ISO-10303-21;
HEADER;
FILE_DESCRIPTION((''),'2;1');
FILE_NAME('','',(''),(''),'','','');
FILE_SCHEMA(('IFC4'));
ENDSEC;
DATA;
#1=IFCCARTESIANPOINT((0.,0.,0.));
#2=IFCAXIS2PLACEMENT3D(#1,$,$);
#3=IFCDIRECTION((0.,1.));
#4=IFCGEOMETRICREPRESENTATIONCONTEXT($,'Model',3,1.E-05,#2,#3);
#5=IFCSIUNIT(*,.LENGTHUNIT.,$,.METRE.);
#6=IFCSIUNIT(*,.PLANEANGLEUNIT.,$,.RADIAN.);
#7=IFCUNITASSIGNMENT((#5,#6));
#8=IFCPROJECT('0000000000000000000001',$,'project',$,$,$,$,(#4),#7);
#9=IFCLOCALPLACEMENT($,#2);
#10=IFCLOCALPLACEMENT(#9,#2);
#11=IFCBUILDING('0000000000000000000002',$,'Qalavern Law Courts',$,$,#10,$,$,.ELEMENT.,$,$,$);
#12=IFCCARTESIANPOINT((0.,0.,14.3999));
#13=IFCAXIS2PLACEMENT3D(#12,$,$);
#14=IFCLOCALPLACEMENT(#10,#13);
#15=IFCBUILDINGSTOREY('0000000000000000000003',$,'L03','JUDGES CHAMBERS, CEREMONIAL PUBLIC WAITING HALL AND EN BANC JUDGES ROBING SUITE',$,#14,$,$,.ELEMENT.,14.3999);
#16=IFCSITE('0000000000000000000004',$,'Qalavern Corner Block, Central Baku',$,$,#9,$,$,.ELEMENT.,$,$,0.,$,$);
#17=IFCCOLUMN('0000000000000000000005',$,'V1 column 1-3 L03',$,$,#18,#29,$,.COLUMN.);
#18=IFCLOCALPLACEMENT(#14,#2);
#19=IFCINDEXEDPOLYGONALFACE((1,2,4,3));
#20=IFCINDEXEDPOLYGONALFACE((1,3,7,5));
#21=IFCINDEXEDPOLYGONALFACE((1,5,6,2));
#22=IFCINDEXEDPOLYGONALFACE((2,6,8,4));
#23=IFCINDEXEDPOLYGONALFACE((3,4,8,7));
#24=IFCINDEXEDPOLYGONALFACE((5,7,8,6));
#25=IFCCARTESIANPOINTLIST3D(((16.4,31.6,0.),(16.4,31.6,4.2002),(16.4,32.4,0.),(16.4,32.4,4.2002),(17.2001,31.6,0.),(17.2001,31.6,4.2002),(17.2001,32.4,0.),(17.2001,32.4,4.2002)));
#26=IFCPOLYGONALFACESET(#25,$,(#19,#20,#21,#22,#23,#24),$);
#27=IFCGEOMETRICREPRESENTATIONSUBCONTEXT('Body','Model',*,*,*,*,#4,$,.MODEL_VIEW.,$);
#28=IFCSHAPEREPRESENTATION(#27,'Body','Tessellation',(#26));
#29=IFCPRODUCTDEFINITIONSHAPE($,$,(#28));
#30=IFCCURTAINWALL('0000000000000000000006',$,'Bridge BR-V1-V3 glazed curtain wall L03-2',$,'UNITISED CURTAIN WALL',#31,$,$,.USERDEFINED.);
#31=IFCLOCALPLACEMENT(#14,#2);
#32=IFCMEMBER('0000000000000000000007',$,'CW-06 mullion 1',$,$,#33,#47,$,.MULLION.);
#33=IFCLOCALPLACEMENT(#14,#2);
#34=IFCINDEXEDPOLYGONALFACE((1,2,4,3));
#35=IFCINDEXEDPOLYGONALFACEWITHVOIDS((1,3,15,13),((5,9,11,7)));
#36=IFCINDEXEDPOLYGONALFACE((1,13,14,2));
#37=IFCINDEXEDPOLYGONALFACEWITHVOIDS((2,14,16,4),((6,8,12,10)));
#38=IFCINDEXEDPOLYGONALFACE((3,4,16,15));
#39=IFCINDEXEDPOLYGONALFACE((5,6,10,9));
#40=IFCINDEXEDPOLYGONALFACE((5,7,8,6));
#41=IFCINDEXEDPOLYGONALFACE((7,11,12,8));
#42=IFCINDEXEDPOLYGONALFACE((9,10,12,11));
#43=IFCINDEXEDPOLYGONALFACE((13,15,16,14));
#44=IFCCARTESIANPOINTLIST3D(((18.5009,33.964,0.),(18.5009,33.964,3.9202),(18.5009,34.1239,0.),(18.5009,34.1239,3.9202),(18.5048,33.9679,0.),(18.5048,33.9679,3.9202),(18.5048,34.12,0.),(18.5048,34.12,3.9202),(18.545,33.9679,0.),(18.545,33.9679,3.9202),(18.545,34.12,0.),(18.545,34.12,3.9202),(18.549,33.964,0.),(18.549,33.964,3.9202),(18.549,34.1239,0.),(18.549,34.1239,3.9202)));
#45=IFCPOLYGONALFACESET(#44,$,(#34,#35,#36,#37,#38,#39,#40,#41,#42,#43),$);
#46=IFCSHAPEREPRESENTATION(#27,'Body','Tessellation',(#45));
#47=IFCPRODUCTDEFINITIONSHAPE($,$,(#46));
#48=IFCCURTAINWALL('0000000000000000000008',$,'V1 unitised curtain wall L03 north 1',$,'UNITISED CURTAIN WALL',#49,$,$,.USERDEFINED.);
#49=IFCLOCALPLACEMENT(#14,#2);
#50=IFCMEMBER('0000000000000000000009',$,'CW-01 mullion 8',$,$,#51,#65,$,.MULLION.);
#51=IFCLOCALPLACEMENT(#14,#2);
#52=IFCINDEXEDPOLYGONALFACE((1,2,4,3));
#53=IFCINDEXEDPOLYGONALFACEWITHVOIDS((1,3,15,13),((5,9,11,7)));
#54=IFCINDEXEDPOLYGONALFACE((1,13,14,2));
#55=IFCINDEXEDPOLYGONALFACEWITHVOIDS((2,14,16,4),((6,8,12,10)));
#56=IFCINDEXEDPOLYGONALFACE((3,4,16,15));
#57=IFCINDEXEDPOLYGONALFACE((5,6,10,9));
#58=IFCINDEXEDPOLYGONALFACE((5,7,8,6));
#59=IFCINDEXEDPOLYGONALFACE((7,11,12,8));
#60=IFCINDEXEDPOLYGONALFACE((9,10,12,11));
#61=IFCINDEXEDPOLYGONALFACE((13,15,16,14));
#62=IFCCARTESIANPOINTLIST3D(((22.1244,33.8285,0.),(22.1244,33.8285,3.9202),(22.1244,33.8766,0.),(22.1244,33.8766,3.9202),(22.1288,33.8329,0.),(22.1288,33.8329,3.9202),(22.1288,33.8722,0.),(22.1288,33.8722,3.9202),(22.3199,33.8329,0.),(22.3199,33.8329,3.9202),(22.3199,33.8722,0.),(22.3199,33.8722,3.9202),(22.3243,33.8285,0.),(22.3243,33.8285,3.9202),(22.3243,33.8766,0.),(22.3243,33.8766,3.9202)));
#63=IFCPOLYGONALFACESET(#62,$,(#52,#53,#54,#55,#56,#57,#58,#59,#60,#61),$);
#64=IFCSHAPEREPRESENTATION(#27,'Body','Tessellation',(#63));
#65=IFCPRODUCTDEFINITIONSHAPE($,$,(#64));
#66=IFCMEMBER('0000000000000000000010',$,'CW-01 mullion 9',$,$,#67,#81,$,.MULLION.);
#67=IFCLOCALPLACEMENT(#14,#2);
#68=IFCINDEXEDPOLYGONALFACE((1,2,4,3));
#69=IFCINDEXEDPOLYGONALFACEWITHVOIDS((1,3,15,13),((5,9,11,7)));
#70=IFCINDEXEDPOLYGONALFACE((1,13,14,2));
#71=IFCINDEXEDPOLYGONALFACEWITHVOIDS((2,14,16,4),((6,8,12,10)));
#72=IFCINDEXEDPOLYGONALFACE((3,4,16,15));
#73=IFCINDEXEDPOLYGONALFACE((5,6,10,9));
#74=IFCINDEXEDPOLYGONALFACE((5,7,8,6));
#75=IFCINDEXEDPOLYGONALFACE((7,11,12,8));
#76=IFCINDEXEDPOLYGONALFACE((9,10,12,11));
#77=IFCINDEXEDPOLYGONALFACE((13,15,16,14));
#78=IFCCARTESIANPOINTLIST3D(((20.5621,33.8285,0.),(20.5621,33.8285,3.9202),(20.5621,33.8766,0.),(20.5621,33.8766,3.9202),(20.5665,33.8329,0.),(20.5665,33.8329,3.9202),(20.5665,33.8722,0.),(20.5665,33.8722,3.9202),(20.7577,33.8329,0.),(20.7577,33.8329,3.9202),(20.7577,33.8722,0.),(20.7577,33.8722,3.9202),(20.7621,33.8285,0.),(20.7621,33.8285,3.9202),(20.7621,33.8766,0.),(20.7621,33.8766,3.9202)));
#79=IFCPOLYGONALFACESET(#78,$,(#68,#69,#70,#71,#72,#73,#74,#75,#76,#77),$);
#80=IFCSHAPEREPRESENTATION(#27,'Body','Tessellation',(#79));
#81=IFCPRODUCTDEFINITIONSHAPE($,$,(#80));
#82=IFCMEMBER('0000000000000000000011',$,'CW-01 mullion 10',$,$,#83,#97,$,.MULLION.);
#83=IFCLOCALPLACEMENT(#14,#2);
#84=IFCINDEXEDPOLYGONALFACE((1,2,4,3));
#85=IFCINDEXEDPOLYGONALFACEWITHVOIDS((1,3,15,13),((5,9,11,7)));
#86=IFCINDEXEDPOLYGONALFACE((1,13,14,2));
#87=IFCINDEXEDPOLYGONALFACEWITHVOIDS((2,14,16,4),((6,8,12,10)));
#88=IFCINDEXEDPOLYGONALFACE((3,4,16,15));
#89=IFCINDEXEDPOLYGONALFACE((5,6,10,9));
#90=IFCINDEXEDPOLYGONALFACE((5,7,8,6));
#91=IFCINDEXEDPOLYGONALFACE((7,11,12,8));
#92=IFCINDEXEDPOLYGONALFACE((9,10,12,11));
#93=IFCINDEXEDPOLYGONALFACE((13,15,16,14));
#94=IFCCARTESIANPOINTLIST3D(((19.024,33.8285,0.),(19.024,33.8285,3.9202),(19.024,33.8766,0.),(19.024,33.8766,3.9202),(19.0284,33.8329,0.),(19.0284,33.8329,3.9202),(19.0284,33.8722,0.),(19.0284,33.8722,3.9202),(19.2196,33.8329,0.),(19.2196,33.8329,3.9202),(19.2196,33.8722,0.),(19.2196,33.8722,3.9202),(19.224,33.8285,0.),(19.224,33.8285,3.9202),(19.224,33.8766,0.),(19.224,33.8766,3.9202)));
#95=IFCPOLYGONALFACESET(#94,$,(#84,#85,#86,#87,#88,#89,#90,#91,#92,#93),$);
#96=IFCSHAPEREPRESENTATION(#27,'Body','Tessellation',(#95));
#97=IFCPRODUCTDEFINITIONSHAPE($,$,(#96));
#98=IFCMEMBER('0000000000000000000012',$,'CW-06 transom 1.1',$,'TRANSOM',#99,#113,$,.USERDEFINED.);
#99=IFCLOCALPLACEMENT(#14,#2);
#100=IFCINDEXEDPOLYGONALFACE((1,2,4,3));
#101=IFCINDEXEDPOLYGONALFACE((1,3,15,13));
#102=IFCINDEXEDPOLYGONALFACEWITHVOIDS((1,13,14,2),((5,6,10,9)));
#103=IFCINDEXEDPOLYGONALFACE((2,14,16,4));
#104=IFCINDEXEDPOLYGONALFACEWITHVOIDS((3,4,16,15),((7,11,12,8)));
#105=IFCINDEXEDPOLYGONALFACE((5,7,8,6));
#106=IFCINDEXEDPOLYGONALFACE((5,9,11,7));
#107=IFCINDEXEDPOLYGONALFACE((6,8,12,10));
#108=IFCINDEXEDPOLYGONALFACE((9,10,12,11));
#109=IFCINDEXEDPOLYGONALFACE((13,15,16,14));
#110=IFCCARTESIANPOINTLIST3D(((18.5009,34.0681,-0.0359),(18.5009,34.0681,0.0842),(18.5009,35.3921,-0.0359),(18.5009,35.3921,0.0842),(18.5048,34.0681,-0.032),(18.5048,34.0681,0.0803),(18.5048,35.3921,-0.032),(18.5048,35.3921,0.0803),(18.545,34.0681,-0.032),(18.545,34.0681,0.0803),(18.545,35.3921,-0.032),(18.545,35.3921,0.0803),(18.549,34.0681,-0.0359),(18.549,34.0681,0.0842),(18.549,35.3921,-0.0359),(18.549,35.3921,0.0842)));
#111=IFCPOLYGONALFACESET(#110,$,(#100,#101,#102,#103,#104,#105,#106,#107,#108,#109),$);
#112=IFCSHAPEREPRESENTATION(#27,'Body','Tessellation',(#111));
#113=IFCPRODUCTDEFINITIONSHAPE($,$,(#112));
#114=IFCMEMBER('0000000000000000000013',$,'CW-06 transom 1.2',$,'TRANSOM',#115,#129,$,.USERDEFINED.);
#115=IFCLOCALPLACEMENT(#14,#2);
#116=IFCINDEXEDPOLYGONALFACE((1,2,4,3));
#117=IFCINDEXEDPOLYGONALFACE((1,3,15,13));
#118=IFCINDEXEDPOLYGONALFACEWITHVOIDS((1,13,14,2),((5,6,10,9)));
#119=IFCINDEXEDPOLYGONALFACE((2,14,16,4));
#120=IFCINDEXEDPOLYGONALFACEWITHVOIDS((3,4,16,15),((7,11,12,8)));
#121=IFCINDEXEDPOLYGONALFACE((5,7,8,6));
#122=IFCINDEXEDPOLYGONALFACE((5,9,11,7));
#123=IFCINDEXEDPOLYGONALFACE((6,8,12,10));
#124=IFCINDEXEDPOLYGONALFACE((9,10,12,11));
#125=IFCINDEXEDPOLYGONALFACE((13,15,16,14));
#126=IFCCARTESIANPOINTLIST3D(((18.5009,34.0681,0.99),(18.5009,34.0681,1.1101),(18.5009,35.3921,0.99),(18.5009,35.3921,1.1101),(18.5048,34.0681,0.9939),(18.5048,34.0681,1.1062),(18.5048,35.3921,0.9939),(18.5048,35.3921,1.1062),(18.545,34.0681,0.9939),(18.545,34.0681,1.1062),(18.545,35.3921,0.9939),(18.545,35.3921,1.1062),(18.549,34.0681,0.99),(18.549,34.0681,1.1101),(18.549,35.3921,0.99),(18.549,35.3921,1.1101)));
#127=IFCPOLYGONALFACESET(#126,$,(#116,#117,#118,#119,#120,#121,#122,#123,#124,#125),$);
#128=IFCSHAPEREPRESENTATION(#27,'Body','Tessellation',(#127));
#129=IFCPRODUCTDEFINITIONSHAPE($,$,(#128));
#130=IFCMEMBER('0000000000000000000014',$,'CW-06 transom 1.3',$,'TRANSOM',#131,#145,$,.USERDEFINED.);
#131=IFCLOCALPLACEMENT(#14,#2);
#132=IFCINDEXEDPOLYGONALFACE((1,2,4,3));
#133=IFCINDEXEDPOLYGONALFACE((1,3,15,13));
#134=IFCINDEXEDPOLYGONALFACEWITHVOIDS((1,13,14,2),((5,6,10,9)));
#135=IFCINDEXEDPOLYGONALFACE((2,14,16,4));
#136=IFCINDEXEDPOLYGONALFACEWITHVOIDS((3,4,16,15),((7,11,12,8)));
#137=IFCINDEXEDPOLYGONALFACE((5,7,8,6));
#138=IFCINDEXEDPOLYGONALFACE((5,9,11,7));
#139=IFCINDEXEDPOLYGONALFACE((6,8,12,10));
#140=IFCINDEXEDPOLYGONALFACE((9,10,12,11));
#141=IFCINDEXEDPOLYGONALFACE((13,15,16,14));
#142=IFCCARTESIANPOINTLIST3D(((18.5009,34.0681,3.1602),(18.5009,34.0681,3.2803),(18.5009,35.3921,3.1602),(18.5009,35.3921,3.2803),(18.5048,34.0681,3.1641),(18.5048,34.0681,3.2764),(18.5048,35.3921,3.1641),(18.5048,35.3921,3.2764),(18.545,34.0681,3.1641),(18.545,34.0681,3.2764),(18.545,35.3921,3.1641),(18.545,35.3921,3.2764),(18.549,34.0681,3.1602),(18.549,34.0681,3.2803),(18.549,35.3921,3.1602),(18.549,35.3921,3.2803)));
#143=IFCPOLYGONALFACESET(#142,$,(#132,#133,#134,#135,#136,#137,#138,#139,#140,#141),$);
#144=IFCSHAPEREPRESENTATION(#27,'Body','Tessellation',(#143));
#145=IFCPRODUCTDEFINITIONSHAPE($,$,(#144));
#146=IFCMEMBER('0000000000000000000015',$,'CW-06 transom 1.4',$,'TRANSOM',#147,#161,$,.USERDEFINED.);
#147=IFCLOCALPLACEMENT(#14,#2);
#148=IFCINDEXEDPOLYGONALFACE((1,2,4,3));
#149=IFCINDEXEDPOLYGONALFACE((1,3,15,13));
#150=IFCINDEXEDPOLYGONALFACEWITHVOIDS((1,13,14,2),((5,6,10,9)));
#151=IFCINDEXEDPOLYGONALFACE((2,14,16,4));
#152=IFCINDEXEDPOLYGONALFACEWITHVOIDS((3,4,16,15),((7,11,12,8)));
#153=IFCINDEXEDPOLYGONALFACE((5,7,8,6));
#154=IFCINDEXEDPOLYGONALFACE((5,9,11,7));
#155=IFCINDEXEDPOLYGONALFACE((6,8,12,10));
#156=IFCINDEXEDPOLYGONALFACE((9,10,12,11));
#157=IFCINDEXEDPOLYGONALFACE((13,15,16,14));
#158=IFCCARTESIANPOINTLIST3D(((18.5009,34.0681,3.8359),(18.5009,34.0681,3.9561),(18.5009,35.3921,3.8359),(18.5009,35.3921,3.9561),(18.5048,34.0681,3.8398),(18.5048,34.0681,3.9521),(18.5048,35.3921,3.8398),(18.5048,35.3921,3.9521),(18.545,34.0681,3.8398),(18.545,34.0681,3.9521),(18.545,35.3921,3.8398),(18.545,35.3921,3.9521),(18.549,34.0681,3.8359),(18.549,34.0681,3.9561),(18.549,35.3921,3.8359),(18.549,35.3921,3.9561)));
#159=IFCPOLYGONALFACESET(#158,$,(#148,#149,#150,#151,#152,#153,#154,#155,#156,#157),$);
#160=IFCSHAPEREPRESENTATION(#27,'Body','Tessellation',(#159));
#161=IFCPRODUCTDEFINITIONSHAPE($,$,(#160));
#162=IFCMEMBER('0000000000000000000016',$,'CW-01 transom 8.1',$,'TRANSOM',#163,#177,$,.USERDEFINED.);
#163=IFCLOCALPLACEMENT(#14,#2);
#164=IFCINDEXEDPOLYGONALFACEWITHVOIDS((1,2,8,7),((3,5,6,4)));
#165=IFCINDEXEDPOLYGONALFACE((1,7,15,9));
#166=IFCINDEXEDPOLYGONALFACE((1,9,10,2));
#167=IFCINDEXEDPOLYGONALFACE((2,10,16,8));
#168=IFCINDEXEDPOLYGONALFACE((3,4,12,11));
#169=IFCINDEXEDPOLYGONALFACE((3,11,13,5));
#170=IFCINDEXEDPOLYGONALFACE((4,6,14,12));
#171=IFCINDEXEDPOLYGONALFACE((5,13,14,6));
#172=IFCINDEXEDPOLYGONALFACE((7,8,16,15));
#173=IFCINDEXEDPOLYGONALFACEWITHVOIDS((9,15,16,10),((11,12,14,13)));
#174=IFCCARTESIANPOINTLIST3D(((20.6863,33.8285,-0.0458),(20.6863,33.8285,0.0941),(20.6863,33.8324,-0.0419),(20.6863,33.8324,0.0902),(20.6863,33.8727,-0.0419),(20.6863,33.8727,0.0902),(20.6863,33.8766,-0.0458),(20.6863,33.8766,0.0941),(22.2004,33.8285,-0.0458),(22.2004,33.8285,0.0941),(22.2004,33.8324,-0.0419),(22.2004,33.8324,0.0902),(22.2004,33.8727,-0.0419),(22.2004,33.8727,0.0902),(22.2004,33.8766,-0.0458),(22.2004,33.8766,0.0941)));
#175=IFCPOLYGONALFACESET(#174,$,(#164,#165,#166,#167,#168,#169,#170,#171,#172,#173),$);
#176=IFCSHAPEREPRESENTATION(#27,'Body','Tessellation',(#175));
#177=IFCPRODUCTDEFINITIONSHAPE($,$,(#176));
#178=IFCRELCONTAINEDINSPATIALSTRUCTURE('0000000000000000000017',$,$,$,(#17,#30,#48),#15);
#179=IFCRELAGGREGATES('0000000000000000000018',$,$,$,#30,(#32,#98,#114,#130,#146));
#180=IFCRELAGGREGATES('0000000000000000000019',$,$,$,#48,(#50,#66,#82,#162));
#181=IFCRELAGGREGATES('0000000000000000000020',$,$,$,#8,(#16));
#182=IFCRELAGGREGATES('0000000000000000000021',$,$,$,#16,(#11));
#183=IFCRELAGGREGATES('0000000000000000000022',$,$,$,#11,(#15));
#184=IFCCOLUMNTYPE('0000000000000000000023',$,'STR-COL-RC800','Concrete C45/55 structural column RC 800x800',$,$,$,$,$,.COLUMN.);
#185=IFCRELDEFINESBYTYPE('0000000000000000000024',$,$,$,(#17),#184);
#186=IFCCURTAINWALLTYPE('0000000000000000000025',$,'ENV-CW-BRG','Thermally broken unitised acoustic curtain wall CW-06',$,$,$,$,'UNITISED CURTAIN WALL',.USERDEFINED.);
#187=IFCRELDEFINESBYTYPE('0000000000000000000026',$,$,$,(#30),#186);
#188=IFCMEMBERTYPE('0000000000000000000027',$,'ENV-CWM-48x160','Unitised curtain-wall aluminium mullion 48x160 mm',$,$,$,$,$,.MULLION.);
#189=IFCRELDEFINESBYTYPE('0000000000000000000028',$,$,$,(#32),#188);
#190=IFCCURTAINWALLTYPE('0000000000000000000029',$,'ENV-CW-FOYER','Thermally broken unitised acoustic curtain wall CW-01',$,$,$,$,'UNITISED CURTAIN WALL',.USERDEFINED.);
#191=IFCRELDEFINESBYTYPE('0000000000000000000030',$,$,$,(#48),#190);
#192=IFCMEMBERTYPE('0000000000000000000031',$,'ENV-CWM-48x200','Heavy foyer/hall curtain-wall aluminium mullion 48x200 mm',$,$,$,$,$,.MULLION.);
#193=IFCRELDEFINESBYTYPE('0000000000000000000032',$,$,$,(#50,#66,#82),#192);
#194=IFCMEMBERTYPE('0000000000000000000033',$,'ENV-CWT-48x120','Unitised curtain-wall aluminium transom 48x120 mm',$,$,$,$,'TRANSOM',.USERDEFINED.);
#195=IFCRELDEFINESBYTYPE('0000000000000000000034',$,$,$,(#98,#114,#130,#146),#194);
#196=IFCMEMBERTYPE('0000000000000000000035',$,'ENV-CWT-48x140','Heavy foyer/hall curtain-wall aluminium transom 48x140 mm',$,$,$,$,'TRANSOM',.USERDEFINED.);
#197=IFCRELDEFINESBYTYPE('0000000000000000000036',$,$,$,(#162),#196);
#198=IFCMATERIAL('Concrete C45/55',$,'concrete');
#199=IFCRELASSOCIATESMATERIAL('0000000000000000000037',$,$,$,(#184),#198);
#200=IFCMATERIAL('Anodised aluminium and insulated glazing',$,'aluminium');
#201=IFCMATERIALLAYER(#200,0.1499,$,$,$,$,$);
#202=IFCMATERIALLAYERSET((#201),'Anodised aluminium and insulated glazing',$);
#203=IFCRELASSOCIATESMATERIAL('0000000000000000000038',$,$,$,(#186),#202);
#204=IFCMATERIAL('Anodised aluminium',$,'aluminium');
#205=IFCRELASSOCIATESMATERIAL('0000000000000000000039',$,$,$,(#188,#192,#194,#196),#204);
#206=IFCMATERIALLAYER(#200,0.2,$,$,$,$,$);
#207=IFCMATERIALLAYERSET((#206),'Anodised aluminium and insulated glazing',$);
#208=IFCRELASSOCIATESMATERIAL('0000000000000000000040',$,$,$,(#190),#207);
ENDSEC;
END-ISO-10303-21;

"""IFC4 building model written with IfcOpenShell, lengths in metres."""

from ifc_helpers import new_model, si_unit, direction, frame, origin, origin_2d, place, context, subcontext, project, spatial, rectangle, hollow_rectangle, extrude, material, layer, layer_set, material_profile, profile_set, type_object, element, aggregate, save


model = new_model("IFC4")

# Units and contexts
model_context = context("Model", 3, precision=1e-05, world=origin(), true_north=direction((0.0, 1.0)))
body_context = subcontext(model_context, "Body", "Model", "MODEL_VIEW")
ifc_project = project(units=[si_unit("LENGTHUNIT", "METRE"), si_unit("PLANEANGLEUNIT", "RADIAN")], contexts=[model_context])

# Site, building, storey
site_placement = place(None, origin())
site = spatial("IfcSite", under=ifc_project, at=site_placement, Name="Qalavern Corner Block, Central Baku", CompositionType="ELEMENT", RefElevation=0.0)
building_placement = place(site_placement, origin())
building = spatial("IfcBuilding", under=site, at=building_placement, Name="Qalavern Law Courts", CompositionType="ELEMENT")
storey_placement = place(building_placement, frame((0.0, 0.0, 14.3999)))
storey = spatial("IfcBuildingStorey", under=building, at=storey_placement, Name="L03", Description="JUDGES CHAMBERS, CEREMONIAL PUBLIC WAITING HALL AND EN BANC JUDGES ROBING SUITE", CompositionType="ELEMENT", Elevation=14.3999)

# Column
ifc_material_1 = material(Name="Concrete C45/55", Category="concrete")
ifc_material_profile_1 = material_profile(ifc_material_1, rectangle(XDim=0.8, YDim=0.8, at=origin_2d()), Name="RC 800x800")
ifc_profile_set_1 = profile_set([ifc_material_profile_1], Name="Concrete C45/55")
column_type = type_object("IfcColumnType", Name="STR-COL-RC800", Description="Concrete C45/55 structural column RC 800x800", PredefinedType="COLUMN", material=ifc_profile_set_1)
column_placement = place(storey_placement, frame((16.8, 32.0, 0.0), z_axis=(0.0, 0.0, 1.0), x_axis=(1.0, 0.0, 0.0)))
element("IfcColumn", 1, at=column_placement, inside=storey, type_object=column_type, Name="V1 column 1-3 L03", PredefinedType="COLUMN", context=body_context, shape_type="SweptSolid", body=[
    extrude(rectangle(XDim=0.8, YDim=0.8, at=origin_2d()), origin(), (0.0, 0.0, 1.0), 4.2002),
])

# Curtain wall, member
ifc_material_2 = material(Name="Anodised aluminium and insulated glazing", Category="aluminium")
ifc_layer_1 = layer(ifc_material_2, 0.1499)
ifc_layer_set_1 = layer_set([ifc_layer_1], Name="Anodised aluminium and insulated glazing")
curtain_wall_type_1 = type_object("IfcCurtainWallType", Name="ENV-CW-BRG", Description="Thermally broken unitised acoustic curtain wall CW-06", ElementType="UNITISED CURTAIN WALL", PredefinedType="USERDEFINED", material=ifc_layer_set_1)
curtain_wall_1_placement = place(storey_placement, origin())
curtain_wall_1 = element("IfcCurtainWall", 2, at=curtain_wall_1_placement, inside=storey, type_object=curtain_wall_type_1, Name="Bridge BR-V1-V3 glazed curtain wall L03-2", ObjectType="UNITISED CURTAIN WALL", PredefinedType="USERDEFINED")
ifc_material_3 = material(Name="Anodised aluminium", Category="aluminium")
ifc_material_profile_2 = material_profile(ifc_material_3, hollow_rectangle(XDim=0.0481, YDim=0.1599, WallThickness=0.0039, at=origin_2d()), Name="ALU MULLION 48x160")
ifc_profile_set_2 = profile_set([ifc_material_profile_2], Name="Anodised aluminium")
member_type_1 = type_object("IfcMemberType", Name="ENV-CWM-48x160", Description="Unitised curtain-wall aluminium mullion 48x160 mm", PredefinedType="MULLION", material=ifc_profile_set_2)
member_1_placement = place(storey_placement, frame((18.5249, 34.0439, 0.0), z_axis=(0.0, 0.0, 1.0), x_axis=(-1.0, 0.0, 0.0)))
member_1 = element("IfcMember", 3, at=member_1_placement, type_object=member_type_1, Name="CW-06 mullion 1", PredefinedType="MULLION", context=body_context, shape_type="SweptSolid", body=[
    extrude(hollow_rectangle(XDim=0.0481, YDim=0.1599, WallThickness=0.0039, at=origin_2d()), origin(), (0.0, 0.0, 1.0), 3.9202),
])

# Curtain wall, members
ifc_layer_2 = layer(ifc_material_2, 0.2)
ifc_layer_set_2 = layer_set([ifc_layer_2], Name="Anodised aluminium and insulated glazing")
curtain_wall_type_2 = type_object("IfcCurtainWallType", Name="ENV-CW-FOYER", Description="Thermally broken unitised acoustic curtain wall CW-01", ElementType="UNITISED CURTAIN WALL", PredefinedType="USERDEFINED", material=ifc_layer_set_2)
curtain_wall_2_placement = place(storey_placement, origin())
curtain_wall_2 = element("IfcCurtainWall", 4, at=curtain_wall_2_placement, inside=storey, type_object=curtain_wall_type_2, Name="V1 unitised curtain wall L03 north 1", ObjectType="UNITISED CURTAIN WALL", PredefinedType="USERDEFINED")
ifc_material_profile_3 = material_profile(ifc_material_3, hollow_rectangle(XDim=0.0481, YDim=0.2, WallThickness=0.0044, at=origin_2d()), Name="ALU MULLION 48x200")
ifc_profile_set_3 = profile_set([ifc_material_profile_3], Name="Anodised aluminium")
member_type_2 = type_object("IfcMemberType", Name="ENV-CWM-48x200", Description="Heavy foyer/hall curtain-wall aluminium mullion 48x200 mm", PredefinedType="MULLION", material=ifc_profile_set_3)
member_2_placement = place(storey_placement, frame((22.2244, 33.8525, 0.0), z_axis=(0.0, 0.0, 1.0), x_axis=(0.0, -1.0, 0.0)))
member_2 = element("IfcMember", 5, at=member_2_placement, type_object=member_type_2, Name="CW-01 mullion 8", PredefinedType="MULLION", context=body_context, shape_type="SweptSolid", body=[
    extrude(hollow_rectangle(XDim=0.0481, YDim=0.2, WallThickness=0.0044, at=origin_2d()), origin(), (0.0, 0.0, 1.0), 3.9202),
])
member_3_placement = place(storey_placement, frame((20.6621, 33.8525, 0.0), z_axis=(0.0, 0.0, 1.0), x_axis=(0.0, -1.0, 0.0)))
member_3 = element("IfcMember", 6, at=member_3_placement, type_object=member_type_2, Name="CW-01 mullion 9", PredefinedType="MULLION", context=body_context, shape_type="SweptSolid", body=[
    extrude(hollow_rectangle(XDim=0.0481, YDim=0.2, WallThickness=0.0044, at=origin_2d()), origin(), (0.0, 0.0, 1.0), 3.9202),
])
member_4_placement = place(storey_placement, frame((19.124, 33.8525, 0.0), z_axis=(0.0, 0.0, 1.0), x_axis=(0.0, -1.0, 0.0)))
member_4 = element("IfcMember", 7, at=member_4_placement, type_object=member_type_2, Name="CW-01 mullion 10", PredefinedType="MULLION", context=body_context, shape_type="SweptSolid", body=[
    extrude(hollow_rectangle(XDim=0.0481, YDim=0.2, WallThickness=0.0044, at=origin_2d()), origin(), (0.0, 0.0, 1.0), 3.9202),
])

# Members
ifc_material_profile_4 = material_profile(ifc_material_3, hollow_rectangle(XDim=0.0481, YDim=0.1201, WallThickness=0.0039, at=origin_2d()), Name="ALU TRANSOM 48x120")
ifc_profile_set_4 = profile_set([ifc_material_profile_4], Name="Anodised aluminium")
member_type_3 = type_object("IfcMemberType", Name="ENV-CWT-48x120", Description="Unitised curtain-wall aluminium transom 48x120 mm", ElementType="TRANSOM", PredefinedType="USERDEFINED", material=ifc_profile_set_4)
member_5_placement = place(storey_placement, frame((18.5249, 34.0681, 0.0242), z_axis=(0.0, 1.0, 0.0), x_axis=(-1.0, 0.0, 0.0)))
member_5 = element("IfcMember", 8, at=member_5_placement, type_object=member_type_3, Name="CW-06 transom 1.1", ObjectType="TRANSOM", PredefinedType="USERDEFINED", context=body_context, shape_type="SweptSolid", body=[
    extrude(hollow_rectangle(XDim=0.0481, YDim=0.1201, WallThickness=0.0039, at=origin_2d()), origin(), (0.0, 0.0, 1.0), 1.324),
])
member_6_placement = place(storey_placement, frame((18.5249, 34.0681, 1.05), z_axis=(0.0, 1.0, 0.0), x_axis=(-1.0, 0.0, 0.0)))
member_6 = element("IfcMember", 9, at=member_6_placement, type_object=member_type_3, Name="CW-06 transom 1.2", ObjectType="TRANSOM", PredefinedType="USERDEFINED", context=body_context, shape_type="SweptSolid", body=[
    extrude(hollow_rectangle(XDim=0.0481, YDim=0.1201, WallThickness=0.0039, at=origin_2d()), origin(), (0.0, 0.0, 1.0), 1.324),
])
member_7_placement = place(storey_placement, frame((18.5249, 34.0681, 3.2202), z_axis=(0.0, 1.0, 0.0), x_axis=(-1.0, 0.0, 0.0)))
member_7 = element("IfcMember", 10, at=member_7_placement, type_object=member_type_3, Name="CW-06 transom 1.3", ObjectType="TRANSOM", PredefinedType="USERDEFINED", context=body_context, shape_type="SweptSolid", body=[
    extrude(hollow_rectangle(XDim=0.0481, YDim=0.1201, WallThickness=0.0039, at=origin_2d()), origin(), (0.0, 0.0, 1.0), 1.324),
])
member_8_placement = place(storey_placement, frame((18.5249, 34.0681, 3.896), z_axis=(0.0, 1.0, 0.0), x_axis=(-1.0, 0.0, 0.0)))
member_8 = element("IfcMember", 11, at=member_8_placement, type_object=member_type_3, Name="CW-06 transom 1.4", ObjectType="TRANSOM", PredefinedType="USERDEFINED", context=body_context, shape_type="SweptSolid", body=[
    extrude(hollow_rectangle(XDim=0.0481, YDim=0.1201, WallThickness=0.0039, at=origin_2d()), origin(), (0.0, 0.0, 1.0), 1.324),
])
ifc_material_profile_5 = material_profile(ifc_material_3, hollow_rectangle(XDim=0.0481, YDim=0.1399, WallThickness=0.0039, at=origin_2d()), Name="ALU TRANSOM 48x140")
ifc_profile_set_5 = profile_set([ifc_material_profile_5], Name="Anodised aluminium")
member_type_4 = type_object("IfcMemberType", Name="ENV-CWT-48x140", Description="Heavy foyer/hall curtain-wall aluminium transom 48x140 mm", ElementType="TRANSOM", PredefinedType="USERDEFINED", material=ifc_profile_set_5)
member_9_placement = place(storey_placement, frame((22.2004, 33.8525, 0.0242), z_axis=(-1.0, 0.0, 0.0), x_axis=(0.0, -1.0, 0.0)))
member_9 = element("IfcMember", 12, at=member_9_placement, type_object=member_type_4, Name="CW-01 transom 8.1", ObjectType="TRANSOM", PredefinedType="USERDEFINED", context=body_context, shape_type="SweptSolid", body=[
    extrude(hollow_rectangle(XDim=0.0481, YDim=0.1399, WallThickness=0.0039, at=origin_2d()), origin(), (0.0, 0.0, 1.0), 1.5142),
])

aggregate(curtain_wall_1, [member_1, member_5, member_6, member_7, member_8])
aggregate(curtain_wall_2, [member_2, member_3, member_4, member_9])

save(model, "model.ifc")
